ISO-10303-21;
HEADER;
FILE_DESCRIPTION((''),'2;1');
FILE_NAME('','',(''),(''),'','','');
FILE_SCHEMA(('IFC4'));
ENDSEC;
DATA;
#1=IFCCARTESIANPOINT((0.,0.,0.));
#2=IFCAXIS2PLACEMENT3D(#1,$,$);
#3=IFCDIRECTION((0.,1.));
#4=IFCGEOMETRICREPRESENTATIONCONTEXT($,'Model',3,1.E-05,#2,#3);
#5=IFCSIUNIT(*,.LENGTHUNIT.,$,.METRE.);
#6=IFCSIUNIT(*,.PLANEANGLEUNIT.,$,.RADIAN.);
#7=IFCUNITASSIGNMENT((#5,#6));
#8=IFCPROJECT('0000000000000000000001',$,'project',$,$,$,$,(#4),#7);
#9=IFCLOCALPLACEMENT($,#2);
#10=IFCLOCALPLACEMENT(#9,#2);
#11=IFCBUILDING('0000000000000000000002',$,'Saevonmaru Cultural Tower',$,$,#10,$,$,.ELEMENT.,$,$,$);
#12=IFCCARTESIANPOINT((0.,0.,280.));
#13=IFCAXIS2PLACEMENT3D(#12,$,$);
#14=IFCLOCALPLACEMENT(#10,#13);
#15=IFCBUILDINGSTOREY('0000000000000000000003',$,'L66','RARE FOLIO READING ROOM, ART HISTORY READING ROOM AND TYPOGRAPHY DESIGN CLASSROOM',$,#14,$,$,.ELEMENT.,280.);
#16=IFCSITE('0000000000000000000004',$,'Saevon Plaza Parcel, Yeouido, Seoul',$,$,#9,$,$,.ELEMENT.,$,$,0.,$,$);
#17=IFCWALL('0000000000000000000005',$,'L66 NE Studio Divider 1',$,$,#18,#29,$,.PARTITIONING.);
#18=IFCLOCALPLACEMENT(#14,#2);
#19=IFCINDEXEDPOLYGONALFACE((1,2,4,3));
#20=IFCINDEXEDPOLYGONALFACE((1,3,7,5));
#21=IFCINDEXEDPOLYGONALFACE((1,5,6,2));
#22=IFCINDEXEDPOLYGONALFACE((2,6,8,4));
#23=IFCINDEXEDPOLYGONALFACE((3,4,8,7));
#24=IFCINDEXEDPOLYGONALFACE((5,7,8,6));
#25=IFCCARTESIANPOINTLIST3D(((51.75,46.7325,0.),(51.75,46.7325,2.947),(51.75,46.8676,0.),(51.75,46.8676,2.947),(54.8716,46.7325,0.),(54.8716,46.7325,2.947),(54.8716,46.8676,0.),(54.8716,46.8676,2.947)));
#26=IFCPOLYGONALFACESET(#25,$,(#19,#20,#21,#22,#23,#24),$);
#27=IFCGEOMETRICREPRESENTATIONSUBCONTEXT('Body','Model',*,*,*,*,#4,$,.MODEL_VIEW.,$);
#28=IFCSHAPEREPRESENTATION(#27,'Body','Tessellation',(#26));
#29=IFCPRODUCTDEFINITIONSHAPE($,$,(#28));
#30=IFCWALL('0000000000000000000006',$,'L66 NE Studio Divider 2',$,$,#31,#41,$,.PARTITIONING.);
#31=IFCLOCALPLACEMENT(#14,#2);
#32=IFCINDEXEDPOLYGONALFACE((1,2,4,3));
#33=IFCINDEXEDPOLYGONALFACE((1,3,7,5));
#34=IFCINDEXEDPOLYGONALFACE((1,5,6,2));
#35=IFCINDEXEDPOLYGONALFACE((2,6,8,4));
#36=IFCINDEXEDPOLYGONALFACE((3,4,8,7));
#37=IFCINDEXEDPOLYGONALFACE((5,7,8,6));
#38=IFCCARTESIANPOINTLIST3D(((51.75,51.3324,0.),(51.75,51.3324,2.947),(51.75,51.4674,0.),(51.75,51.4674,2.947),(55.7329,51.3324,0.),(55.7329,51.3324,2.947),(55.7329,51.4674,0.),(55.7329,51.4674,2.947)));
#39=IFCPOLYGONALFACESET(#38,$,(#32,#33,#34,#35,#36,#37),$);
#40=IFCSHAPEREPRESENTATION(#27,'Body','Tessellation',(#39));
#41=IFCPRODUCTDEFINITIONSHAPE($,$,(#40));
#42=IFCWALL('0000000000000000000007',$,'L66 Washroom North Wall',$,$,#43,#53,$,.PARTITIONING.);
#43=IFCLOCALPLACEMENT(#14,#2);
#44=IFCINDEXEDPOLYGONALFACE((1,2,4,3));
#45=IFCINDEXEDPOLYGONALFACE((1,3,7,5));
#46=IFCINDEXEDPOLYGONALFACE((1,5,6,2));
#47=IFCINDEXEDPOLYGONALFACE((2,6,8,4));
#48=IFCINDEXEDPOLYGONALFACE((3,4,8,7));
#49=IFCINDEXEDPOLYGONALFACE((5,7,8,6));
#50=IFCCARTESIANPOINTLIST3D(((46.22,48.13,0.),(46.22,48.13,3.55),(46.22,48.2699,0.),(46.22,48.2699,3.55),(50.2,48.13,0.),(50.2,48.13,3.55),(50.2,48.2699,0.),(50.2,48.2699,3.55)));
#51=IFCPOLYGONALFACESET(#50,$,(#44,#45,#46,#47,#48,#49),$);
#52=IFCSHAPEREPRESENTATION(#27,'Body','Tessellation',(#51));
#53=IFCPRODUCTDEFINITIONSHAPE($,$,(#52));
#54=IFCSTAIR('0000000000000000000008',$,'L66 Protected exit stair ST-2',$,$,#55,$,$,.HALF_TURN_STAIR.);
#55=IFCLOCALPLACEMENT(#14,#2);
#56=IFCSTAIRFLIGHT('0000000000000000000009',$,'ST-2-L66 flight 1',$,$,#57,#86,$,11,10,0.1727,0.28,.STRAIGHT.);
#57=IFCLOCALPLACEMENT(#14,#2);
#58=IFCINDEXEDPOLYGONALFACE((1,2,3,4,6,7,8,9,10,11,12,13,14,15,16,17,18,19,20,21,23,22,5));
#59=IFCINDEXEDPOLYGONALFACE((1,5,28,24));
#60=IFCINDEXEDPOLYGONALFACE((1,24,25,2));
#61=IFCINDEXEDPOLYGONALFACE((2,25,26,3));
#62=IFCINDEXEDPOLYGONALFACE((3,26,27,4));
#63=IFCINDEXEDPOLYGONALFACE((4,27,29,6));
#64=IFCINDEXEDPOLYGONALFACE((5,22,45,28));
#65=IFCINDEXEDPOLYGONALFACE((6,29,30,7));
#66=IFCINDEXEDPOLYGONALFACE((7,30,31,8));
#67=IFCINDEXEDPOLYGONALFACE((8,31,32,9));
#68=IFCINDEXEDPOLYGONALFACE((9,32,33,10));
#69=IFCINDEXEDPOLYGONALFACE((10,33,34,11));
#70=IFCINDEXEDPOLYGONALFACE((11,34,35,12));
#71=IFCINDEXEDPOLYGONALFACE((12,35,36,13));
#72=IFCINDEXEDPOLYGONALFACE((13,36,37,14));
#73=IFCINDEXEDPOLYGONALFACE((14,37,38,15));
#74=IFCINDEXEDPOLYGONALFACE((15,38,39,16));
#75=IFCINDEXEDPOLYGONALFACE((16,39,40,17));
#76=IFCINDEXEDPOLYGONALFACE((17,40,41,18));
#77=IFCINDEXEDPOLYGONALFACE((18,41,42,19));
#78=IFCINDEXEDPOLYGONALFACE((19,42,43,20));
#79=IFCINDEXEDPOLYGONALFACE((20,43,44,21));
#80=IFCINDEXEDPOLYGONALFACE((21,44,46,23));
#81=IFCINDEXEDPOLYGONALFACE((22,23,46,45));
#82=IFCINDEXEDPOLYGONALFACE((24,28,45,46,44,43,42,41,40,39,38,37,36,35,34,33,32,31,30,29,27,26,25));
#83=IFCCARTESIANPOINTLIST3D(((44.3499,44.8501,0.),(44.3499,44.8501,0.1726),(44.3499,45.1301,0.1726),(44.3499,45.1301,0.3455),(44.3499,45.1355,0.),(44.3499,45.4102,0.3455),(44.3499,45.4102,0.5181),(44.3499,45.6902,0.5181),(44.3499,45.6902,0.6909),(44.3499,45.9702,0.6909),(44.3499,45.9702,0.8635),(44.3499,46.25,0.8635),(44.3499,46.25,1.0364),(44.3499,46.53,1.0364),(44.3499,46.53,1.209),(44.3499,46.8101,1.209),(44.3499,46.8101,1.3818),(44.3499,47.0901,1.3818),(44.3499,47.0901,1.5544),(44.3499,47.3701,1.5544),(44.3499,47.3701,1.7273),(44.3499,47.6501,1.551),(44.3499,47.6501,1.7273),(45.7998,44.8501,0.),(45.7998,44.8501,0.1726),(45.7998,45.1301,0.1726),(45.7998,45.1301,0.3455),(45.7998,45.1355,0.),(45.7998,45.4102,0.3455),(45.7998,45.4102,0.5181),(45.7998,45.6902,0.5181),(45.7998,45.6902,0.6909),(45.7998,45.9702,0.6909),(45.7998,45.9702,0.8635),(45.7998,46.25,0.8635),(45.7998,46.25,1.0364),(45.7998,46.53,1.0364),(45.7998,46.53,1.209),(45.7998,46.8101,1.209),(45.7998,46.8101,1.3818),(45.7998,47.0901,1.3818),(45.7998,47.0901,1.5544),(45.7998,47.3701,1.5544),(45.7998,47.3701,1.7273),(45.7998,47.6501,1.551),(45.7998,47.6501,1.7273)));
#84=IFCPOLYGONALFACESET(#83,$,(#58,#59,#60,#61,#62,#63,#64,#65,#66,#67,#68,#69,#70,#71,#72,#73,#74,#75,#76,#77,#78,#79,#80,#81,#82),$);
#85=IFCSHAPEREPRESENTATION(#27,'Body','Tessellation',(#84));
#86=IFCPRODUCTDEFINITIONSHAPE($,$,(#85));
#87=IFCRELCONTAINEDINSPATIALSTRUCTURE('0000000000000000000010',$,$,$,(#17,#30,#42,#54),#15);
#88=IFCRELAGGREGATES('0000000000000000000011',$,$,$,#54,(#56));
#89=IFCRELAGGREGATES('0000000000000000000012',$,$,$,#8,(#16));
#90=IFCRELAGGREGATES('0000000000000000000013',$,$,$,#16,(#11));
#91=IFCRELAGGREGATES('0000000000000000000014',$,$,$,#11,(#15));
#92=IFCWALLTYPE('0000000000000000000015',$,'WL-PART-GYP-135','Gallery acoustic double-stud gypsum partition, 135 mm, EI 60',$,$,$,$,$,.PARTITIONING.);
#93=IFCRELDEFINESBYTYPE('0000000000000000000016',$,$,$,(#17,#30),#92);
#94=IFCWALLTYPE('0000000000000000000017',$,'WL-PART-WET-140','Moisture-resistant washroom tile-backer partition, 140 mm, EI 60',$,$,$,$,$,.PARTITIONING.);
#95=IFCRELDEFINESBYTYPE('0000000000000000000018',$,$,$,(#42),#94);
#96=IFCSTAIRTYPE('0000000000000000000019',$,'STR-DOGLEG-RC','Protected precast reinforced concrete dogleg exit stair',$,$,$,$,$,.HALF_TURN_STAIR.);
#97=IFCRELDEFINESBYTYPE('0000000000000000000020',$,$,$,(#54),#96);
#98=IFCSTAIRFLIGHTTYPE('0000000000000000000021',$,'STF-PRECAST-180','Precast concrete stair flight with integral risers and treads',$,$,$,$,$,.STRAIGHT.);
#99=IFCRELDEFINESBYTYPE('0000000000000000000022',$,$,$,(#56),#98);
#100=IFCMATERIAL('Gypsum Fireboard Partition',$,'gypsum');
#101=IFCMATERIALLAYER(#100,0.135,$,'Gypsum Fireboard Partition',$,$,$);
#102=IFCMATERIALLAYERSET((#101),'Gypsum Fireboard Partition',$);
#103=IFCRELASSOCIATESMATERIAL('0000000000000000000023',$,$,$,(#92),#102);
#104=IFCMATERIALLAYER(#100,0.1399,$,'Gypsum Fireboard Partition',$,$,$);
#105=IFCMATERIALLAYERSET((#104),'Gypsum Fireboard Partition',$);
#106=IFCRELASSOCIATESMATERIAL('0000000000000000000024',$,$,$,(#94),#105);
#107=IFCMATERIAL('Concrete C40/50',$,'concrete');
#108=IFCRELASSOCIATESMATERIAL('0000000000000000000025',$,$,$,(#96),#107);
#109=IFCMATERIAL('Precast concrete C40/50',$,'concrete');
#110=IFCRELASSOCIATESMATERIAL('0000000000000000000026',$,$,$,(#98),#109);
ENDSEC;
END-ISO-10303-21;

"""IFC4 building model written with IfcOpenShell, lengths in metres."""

from ifc_helpers import new_model, si_unit, direction, frame, frame_2d, origin, place, context, subcontext, project, spatial, polyline, rectangle, outline, extrude, material, layer, layer_set, type_object, element, aggregate, save


model = new_model("IFC4")

# Units and contexts
model_context = context("Model", 3, precision=1e-05, world=origin(), true_north=direction((0.0, 1.0)))
body_context = subcontext(model_context, "Body", "Model", "MODEL_VIEW")
ifc_project = project(units=[si_unit("LENGTHUNIT", "METRE"), si_unit("PLANEANGLEUNIT", "RADIAN")], contexts=[model_context])

# Site, building, storey
site_placement = place(None, origin())
site = spatial("IfcSite", under=ifc_project, at=site_placement, Name="Saevon Plaza Parcel, Yeouido, Seoul", CompositionType="ELEMENT", RefElevation=0.0)
building_placement = place(site_placement, origin())
building = spatial("IfcBuilding", under=site, at=building_placement, Name="Saevonmaru Cultural Tower", CompositionType="ELEMENT")
storey_placement = place(building_placement, frame((0.0, 0.0, 280.0)))
storey = spatial("IfcBuildingStorey", under=building, at=storey_placement, Name="L66", Description="RARE FOLIO READING ROOM, ART HISTORY READING ROOM AND TYPOGRAPHY DESIGN CLASSROOM", CompositionType="ELEMENT", Elevation=280.0)

# Shared definitions
ifc_material_1 = material(Name="Gypsum Fireboard Partition", Category="gypsum")

# Walls
ifc_layer_1 = layer(ifc_material_1, 0.135, Name="Gypsum Fireboard Partition")
ifc_layer_set_1 = layer_set([ifc_layer_1], Name="Gypsum Fireboard Partition")
wall_type_1 = type_object("IfcWallType", Name="WL-PART-GYP-135", Description="Gallery acoustic double-stud gypsum partition, 135 mm, EI 60", PredefinedType="PARTITIONING", material=ifc_layer_set_1)
wall_1_placement = place(storey_placement, frame((51.75, 46.8, 0.0), z_axis=(0.0, 0.0, 1.0), x_axis=(1.0, 0.0, 0.0)))
element("IfcWall", 1, at=wall_1_placement, inside=storey, type_object=wall_type_1, Name="L66 NE Studio Divider 1", PredefinedType="PARTITIONING", context=body_context, shape_type="SweptSolid", body=[
    extrude(rectangle(XDim=3.1216, YDim=0.135, at=frame_2d((1.5608, 0.0))), origin(), (0.0, 0.0, 1.0), 2.947),
])
wall_2_placement = place(storey_placement, frame((51.75, 51.3999, 0.0), z_axis=(0.0, 0.0, 1.0), x_axis=(1.0, 0.0, 0.0)))
element("IfcWall", 2, at=wall_2_placement, inside=storey, type_object=wall_type_1, Name="L66 NE Studio Divider 2", PredefinedType="PARTITIONING", context=body_context, shape_type="SweptSolid", body=[
    extrude(rectangle(XDim=3.9829, YDim=0.135, at=frame_2d((1.9915, 0.0))), origin(), (0.0, 0.0, 1.0), 2.947),
])
ifc_layer_2 = layer(ifc_material_1, 0.1399, Name="Gypsum Fireboard Partition")
ifc_layer_set_2 = layer_set([ifc_layer_2], Name="Gypsum Fireboard Partition")
wall_type_2 = type_object("IfcWallType", Name="WL-PART-WET-140", Description="Moisture-resistant washroom tile-backer partition, 140 mm, EI 60", PredefinedType="PARTITIONING", material=ifc_layer_set_2)
wall_3_placement = place(storey_placement, frame((46.22, 48.2, 0.0), z_axis=(0.0, 0.0, 1.0), x_axis=(1.0, 0.0, 0.0)))
element("IfcWall", 3, at=wall_3_placement, inside=storey, type_object=wall_type_2, Name="L66 Washroom North Wall", PredefinedType="PARTITIONING", context=body_context, shape_type="SweptSolid", body=[
    extrude(rectangle(XDim=3.98, YDim=0.1399, at=frame_2d((1.99, 0.0))), origin(), (0.0, 0.0, 1.0), 3.55),
])

# Stair, stair flight
ifc_material_2 = material(Name="Concrete C40/50", Category="concrete")
stair_type = type_object("IfcStairType", Name="STR-DOGLEG-RC", Description="Protected precast reinforced concrete dogleg exit stair", PredefinedType="HALF_TURN_STAIR", material=ifc_material_2)
stair_placement = place(storey_placement, origin())
stair = element("IfcStair", 4, at=stair_placement, inside=storey, type_object=stair_type, Name="L66 Protected exit stair ST-2", PredefinedType="HALF_TURN_STAIR")
ifc_material_3 = material(Name="Precast concrete C40/50", Category="concrete")
stair_flight_type = type_object("IfcStairFlightType", Name="STF-PRECAST-180", Description="Precast concrete stair flight with integral risers and treads", PredefinedType="STRAIGHT", material=ifc_material_3)
stair_flight_placement = place(storey_placement, frame((45.075, 44.8501, 0.0), z_axis=(0.0, 0.0, 1.0), x_axis=(0.0, 1.0, 0.0)))
stair_flight = element("IfcStairFlight", 5, at=stair_flight_placement, type_object=stair_flight_type, Name="ST-2-L66 flight 1", NumberOfRisers=11, NumberOfTreads=10, PredefinedType="STRAIGHT", RiserHeight=0.1727, TreadLength=0.28, context=body_context, shape_type="SweptSolid", body=[
    extrude(outline(polyline([(0.0, 0.0), (0.0, 0.1726), (0.28, 0.1726), (0.28, 0.3455), (0.5601, 0.3455), (0.5601, 0.5181), (0.8401, 0.5181), (0.8401, 0.6909), (1.1201, 0.6909), (1.1201, 0.8635), (1.3999, 0.8635), (1.3999, 1.0364), (1.6799, 1.0364), (1.6799, 1.209), (1.96, 1.209), (1.96, 1.3818), (2.24, 1.3818), (2.24, 1.5544), (2.52, 1.5544), (2.52, 1.7273), (2.8, 1.7273), (2.8, 1.8999), (2.8, 1.551), (0.2854, 0.0), (0.0, 0.0)])), frame((0.0, 0.7251, 0.0), z_axis=(0.0, -1.0, 0.0), x_axis=(1.0, 0.0, 0.0)), (0.0, 0.0, 1.0), 1.45),
])
aggregate(stair, [stair_flight])

save(model, "model.ifc")
